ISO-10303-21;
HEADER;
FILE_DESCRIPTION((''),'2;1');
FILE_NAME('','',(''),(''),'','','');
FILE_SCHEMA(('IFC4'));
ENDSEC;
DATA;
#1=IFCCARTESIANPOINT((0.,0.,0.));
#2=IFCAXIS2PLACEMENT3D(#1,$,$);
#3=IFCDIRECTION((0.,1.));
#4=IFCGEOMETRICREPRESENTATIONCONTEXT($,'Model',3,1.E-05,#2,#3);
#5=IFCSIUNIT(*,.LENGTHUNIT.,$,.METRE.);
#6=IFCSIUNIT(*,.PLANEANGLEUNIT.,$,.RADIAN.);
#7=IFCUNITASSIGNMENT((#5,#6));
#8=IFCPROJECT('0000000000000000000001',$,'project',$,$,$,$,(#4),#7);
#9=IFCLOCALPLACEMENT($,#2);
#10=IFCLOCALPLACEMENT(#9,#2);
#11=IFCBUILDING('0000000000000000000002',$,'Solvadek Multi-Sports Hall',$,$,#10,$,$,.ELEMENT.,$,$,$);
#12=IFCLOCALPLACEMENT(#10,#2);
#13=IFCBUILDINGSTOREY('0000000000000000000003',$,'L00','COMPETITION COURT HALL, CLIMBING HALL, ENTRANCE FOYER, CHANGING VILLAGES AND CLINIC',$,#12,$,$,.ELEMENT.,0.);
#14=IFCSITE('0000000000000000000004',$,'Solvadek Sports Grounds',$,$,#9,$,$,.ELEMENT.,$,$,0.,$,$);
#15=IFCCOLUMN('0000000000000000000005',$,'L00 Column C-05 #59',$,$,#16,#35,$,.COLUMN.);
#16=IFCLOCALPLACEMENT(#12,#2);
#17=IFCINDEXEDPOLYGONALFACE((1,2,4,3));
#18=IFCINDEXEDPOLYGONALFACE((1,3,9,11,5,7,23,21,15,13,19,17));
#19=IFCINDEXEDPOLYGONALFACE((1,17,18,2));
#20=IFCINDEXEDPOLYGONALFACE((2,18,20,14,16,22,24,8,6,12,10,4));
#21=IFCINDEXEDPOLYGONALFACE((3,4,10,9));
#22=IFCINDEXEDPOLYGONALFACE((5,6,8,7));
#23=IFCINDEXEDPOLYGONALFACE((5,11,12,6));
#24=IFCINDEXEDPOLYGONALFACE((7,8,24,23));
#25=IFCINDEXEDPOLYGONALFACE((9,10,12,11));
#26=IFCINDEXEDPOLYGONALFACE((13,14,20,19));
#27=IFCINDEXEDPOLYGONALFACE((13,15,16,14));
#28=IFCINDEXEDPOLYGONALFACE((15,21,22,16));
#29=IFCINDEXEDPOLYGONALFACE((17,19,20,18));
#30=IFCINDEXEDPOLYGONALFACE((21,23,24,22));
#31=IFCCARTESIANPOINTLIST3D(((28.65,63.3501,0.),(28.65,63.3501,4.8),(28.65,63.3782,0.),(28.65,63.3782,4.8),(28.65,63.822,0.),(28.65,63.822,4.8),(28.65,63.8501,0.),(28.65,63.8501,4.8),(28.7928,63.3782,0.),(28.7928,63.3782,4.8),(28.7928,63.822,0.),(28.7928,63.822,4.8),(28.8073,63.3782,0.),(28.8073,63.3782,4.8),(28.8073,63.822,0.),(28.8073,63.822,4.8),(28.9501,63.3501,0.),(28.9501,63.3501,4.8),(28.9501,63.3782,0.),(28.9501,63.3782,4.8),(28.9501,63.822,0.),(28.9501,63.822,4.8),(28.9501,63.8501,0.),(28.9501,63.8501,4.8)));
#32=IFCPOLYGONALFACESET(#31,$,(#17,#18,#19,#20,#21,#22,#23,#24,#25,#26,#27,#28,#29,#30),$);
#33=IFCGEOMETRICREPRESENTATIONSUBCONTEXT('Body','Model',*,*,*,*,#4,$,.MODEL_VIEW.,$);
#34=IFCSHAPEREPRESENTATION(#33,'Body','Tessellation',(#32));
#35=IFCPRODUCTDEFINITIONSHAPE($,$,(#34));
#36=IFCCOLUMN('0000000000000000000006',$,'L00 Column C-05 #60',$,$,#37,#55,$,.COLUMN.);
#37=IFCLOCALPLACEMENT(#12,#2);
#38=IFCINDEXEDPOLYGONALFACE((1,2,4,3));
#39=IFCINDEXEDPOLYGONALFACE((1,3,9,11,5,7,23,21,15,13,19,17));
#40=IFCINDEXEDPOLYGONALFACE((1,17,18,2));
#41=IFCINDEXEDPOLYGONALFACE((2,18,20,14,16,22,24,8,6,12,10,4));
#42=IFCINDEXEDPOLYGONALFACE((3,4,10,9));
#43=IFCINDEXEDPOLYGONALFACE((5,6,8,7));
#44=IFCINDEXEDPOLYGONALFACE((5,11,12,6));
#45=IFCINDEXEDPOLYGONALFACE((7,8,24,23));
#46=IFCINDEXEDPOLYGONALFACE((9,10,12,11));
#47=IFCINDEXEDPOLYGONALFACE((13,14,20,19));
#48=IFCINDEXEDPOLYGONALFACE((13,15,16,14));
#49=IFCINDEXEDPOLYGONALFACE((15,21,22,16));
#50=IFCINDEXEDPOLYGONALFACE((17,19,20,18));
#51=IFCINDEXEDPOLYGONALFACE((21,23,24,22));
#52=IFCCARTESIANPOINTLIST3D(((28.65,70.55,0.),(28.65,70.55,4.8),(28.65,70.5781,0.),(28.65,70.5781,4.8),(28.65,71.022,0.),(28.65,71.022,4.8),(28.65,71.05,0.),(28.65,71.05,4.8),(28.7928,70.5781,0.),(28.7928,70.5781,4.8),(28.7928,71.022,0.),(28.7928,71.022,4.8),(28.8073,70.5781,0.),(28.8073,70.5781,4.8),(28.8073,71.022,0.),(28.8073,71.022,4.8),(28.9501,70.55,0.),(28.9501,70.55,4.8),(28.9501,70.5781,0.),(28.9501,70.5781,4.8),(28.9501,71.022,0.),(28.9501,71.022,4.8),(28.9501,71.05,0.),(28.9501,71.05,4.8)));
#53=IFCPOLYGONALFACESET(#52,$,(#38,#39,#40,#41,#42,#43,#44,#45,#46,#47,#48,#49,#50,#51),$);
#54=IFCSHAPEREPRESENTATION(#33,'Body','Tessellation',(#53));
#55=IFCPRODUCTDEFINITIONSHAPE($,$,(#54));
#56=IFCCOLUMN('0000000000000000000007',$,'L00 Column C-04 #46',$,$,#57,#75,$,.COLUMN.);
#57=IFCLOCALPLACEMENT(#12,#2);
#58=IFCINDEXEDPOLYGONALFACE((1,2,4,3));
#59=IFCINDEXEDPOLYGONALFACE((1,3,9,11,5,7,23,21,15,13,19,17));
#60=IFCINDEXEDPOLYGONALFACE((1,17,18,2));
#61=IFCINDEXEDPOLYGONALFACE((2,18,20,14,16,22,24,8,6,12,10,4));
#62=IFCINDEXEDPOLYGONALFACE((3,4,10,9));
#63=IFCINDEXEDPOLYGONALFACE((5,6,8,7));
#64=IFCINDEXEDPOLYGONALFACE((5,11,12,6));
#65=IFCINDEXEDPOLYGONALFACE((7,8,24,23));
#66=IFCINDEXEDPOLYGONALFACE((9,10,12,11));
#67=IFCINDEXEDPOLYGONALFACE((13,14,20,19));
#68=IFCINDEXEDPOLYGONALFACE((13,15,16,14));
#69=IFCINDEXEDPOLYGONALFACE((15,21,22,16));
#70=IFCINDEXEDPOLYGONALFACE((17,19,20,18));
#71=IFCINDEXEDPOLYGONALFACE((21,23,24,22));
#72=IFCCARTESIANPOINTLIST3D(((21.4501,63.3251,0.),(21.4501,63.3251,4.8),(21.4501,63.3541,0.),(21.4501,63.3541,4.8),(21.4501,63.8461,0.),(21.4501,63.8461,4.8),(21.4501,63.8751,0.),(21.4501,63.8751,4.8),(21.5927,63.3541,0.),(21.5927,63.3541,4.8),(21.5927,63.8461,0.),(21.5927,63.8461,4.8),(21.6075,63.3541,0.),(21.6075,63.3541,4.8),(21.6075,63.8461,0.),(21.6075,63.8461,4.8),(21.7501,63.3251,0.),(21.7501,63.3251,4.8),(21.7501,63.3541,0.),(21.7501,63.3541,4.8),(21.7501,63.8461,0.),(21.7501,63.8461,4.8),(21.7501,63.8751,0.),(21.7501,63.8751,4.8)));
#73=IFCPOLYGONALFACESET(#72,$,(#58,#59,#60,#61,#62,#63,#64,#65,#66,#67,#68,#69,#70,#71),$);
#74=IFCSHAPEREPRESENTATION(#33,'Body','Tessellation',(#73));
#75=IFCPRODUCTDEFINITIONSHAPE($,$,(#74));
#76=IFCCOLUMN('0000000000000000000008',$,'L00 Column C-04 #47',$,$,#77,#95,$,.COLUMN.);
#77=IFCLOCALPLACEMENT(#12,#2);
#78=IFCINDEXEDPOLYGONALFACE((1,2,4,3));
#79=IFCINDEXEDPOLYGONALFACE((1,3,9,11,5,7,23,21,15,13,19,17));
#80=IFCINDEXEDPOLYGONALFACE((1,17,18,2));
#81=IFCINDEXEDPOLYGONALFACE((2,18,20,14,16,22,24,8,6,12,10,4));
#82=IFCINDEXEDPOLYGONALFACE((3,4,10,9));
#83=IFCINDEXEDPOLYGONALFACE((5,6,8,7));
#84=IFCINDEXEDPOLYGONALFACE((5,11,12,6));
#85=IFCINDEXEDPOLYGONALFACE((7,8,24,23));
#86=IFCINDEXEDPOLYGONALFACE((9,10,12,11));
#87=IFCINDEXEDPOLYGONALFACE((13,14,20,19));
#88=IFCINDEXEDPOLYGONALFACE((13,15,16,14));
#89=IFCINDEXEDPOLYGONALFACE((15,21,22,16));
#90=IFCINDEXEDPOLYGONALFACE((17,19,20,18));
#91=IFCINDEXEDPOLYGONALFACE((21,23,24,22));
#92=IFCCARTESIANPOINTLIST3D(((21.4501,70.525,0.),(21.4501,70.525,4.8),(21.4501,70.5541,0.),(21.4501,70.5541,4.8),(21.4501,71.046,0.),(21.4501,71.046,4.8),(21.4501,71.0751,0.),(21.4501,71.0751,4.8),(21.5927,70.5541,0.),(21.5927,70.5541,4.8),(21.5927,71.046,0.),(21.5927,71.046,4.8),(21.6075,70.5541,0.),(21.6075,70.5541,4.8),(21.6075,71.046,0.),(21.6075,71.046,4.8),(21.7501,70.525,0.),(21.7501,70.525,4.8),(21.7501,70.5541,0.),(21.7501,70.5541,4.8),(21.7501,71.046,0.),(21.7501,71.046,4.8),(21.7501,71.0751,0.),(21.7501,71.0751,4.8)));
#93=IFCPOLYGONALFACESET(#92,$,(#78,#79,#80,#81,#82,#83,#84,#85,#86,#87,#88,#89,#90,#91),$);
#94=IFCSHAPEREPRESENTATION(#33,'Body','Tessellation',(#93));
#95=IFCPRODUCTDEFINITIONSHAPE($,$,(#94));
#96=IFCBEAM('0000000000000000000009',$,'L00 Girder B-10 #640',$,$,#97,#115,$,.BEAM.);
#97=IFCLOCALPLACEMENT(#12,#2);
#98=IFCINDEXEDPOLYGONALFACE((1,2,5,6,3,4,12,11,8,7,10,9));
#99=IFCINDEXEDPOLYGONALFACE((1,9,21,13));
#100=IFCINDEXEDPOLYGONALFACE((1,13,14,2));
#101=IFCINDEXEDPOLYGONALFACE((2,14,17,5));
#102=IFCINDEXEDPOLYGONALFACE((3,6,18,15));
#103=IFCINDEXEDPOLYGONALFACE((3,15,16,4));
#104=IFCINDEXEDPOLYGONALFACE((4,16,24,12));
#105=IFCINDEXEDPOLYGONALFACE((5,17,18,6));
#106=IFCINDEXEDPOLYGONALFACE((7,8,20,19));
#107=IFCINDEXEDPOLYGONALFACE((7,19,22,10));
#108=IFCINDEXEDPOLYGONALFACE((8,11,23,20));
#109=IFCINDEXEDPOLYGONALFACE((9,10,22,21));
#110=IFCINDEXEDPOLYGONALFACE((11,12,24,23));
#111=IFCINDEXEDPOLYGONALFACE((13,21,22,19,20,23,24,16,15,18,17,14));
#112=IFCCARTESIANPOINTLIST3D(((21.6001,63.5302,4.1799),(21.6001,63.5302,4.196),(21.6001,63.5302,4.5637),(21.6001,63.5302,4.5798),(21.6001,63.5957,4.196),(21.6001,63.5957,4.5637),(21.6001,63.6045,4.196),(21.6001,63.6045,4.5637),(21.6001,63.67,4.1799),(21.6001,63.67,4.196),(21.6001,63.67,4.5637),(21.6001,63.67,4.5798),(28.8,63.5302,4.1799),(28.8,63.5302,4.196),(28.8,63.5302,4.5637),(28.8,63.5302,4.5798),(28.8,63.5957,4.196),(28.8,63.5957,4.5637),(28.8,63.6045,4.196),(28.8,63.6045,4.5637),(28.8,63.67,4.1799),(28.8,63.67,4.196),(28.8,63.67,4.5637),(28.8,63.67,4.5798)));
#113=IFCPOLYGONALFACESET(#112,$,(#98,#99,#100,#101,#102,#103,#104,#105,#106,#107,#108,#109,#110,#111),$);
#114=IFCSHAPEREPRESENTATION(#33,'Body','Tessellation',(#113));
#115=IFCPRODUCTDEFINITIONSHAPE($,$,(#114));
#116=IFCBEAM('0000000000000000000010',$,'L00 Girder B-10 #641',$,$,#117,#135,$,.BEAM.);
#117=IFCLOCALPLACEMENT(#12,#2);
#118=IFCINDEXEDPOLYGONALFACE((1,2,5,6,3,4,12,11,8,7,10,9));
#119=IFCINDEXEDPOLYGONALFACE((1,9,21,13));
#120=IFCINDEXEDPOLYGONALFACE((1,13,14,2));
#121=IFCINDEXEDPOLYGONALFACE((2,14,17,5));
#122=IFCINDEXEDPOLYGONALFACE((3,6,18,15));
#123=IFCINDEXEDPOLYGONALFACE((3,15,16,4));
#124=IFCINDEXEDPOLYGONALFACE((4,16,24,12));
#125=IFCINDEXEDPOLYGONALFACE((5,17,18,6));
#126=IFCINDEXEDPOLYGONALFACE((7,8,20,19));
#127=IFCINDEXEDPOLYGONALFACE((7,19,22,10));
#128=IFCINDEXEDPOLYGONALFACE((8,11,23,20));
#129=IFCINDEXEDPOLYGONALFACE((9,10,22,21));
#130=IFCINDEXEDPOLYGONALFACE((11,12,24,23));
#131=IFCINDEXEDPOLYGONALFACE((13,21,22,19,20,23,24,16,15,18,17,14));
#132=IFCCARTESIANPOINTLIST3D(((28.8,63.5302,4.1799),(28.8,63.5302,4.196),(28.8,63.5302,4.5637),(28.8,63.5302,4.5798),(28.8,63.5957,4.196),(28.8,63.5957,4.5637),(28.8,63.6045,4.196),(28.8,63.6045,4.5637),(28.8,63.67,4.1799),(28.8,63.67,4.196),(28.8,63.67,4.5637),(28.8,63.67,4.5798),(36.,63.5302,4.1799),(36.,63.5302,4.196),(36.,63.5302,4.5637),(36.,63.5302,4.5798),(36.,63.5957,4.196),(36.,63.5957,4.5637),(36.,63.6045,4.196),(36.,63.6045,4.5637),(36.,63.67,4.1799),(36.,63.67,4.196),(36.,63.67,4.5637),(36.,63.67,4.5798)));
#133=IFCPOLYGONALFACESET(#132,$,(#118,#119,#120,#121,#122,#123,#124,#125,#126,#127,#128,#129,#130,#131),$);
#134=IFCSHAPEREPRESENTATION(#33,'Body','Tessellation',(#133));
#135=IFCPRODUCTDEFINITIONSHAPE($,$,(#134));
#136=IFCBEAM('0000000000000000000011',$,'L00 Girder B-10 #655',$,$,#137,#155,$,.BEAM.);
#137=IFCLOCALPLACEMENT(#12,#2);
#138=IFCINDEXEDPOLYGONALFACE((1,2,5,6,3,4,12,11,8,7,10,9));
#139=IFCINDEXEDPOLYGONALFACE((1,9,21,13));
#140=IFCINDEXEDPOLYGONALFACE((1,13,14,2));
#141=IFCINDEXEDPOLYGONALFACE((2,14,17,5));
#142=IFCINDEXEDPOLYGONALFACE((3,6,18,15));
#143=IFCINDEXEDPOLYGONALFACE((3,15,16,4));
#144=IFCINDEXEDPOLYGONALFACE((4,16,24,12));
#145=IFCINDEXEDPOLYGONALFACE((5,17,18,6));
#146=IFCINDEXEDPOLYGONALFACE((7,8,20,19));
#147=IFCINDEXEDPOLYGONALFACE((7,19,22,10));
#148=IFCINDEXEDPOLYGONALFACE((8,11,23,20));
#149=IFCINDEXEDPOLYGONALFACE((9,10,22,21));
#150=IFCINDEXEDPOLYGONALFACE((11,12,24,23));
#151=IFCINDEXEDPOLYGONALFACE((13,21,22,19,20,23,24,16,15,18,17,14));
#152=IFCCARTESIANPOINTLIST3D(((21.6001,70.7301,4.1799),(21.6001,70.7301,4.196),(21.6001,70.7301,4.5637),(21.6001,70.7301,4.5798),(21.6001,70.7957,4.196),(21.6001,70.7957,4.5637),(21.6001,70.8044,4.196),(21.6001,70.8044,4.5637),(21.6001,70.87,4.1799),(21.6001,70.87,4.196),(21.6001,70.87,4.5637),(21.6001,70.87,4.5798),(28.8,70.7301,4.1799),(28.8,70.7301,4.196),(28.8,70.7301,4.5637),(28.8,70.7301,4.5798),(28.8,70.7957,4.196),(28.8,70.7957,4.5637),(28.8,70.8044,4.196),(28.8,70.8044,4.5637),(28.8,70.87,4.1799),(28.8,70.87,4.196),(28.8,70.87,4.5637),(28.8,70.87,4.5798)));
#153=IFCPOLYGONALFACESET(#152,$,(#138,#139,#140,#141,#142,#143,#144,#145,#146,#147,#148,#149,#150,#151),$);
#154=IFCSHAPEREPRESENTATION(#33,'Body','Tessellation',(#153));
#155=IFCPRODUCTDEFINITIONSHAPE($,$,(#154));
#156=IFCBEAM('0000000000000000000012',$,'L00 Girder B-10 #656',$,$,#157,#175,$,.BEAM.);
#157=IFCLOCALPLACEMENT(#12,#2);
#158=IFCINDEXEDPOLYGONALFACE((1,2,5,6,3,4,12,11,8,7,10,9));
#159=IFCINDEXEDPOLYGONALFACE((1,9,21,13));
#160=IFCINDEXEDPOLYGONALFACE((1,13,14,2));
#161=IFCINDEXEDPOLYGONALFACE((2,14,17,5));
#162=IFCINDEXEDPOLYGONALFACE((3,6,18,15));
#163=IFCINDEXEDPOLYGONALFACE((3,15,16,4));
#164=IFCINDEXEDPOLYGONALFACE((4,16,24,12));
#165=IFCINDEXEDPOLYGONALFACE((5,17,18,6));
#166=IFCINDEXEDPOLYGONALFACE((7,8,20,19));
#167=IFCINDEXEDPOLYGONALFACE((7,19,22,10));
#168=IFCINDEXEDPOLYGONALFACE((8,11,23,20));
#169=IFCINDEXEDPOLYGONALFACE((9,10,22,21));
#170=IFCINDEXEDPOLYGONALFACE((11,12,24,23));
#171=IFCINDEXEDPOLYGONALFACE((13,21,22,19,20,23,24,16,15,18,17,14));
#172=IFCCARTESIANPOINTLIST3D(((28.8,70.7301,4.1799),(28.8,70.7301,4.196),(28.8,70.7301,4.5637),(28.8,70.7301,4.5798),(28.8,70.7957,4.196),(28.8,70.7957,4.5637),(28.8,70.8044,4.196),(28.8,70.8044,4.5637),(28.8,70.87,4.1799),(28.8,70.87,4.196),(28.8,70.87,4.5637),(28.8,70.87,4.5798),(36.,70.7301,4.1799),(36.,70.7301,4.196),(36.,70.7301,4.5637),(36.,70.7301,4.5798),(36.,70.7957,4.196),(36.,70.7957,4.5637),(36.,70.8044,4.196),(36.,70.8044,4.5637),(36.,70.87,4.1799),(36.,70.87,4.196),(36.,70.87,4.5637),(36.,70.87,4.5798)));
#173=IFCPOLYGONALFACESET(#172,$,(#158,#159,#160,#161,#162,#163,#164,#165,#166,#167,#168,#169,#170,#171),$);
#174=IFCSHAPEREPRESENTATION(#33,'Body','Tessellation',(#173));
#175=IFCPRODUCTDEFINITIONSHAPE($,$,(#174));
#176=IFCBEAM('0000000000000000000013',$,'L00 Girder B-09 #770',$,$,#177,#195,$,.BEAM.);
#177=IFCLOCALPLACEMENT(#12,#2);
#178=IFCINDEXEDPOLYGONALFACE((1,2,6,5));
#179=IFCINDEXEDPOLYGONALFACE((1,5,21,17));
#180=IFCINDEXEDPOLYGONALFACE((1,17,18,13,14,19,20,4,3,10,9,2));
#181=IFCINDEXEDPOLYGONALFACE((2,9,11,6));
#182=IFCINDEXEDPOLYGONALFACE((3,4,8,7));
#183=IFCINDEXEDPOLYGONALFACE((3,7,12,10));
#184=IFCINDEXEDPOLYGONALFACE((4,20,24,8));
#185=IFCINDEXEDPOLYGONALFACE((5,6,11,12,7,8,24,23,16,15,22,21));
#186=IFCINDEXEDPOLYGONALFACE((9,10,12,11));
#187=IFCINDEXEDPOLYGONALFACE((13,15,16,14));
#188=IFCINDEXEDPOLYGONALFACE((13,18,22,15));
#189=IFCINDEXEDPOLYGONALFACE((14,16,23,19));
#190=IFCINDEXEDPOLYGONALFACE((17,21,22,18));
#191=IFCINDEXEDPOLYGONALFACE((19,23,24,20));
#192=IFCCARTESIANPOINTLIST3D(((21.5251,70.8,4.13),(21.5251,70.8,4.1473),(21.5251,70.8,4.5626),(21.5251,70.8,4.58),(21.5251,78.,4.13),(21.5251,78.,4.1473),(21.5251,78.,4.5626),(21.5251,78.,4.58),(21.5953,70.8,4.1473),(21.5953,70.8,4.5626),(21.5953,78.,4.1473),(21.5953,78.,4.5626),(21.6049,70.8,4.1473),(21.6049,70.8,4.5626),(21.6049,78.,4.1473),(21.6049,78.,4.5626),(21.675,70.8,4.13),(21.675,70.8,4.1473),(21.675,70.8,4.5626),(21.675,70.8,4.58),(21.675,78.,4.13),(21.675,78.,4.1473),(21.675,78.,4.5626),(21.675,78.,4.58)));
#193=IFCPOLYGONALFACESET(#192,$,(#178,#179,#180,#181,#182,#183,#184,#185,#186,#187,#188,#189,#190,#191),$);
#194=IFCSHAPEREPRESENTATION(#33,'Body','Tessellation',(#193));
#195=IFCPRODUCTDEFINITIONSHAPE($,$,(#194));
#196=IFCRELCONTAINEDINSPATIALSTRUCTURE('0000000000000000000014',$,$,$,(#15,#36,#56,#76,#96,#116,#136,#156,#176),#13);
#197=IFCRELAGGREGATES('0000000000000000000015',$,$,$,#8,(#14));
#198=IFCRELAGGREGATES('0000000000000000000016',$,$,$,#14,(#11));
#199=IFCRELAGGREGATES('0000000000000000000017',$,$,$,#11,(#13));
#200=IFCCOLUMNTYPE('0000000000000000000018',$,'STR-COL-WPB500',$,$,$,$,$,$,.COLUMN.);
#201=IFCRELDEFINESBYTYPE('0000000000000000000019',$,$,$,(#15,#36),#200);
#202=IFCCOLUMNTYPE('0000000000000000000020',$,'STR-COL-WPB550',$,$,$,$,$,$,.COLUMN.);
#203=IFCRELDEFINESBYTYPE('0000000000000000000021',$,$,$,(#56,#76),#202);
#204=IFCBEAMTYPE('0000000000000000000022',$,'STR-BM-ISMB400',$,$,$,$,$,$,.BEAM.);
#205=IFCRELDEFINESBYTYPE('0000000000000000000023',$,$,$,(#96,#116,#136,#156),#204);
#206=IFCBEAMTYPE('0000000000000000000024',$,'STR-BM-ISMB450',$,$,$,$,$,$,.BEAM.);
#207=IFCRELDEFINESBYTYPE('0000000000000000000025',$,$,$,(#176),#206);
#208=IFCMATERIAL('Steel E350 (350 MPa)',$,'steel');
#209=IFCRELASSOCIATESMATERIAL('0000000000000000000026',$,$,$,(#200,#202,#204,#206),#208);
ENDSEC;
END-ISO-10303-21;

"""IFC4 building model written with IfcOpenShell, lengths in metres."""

from ifc_helpers import new_model, si_unit, direction, frame, origin, origin_2d, place, context, subcontext, project, spatial, i_section, extrude, material, material_profile, profile_set, type_object, element, save


model = new_model("IFC4")

# Units and contexts
model_context = context("Model", 3, precision=1e-05, world=origin(), true_north=direction((0.0, 1.0)))
body_context = subcontext(model_context, "Body", "Model", "MODEL_VIEW")
ifc_project = project(units=[si_unit("LENGTHUNIT", "METRE"), si_unit("PLANEANGLEUNIT", "RADIAN")], contexts=[model_context])

# Site, building, storey
site_placement = place(None, origin())
site = spatial("IfcSite", under=ifc_project, at=site_placement, Name="Solvadek Sports Grounds", CompositionType="ELEMENT", RefElevation=0.0)
building_placement = place(site_placement, origin())
building = spatial("IfcBuilding", under=site, at=building_placement, Name="Solvadek Multi-Sports Hall", CompositionType="ELEMENT")
storey_placement = place(building_placement, origin())
storey = spatial("IfcBuildingStorey", under=building, at=storey_placement, Name="L00", Description="COMPETITION COURT HALL, CLIMBING HALL, ENTRANCE FOYER, CHANGING VILLAGES AND CLINIC", CompositionType="ELEMENT", Elevation=0.0)

# Columns
ifc_material_1 = material(Name="Steel E350 (350 MPa)", Category="steel")
ifc_material_profile_1 = material_profile(ifc_material_1, i_section(OverallWidth=0.3, OverallDepth=0.5, WebThickness=0.0144, FlangeThickness=0.0281, at=origin_2d()), Name="WPB 500")
ifc_profile_set_1 = profile_set([ifc_material_profile_1], Name="Steel E350 (350 MPa)")
column_type_1 = type_object("IfcColumnType", Name="STR-COL-WPB500", PredefinedType="COLUMN", material=ifc_profile_set_1)
for number, where, z_axis, x_axis, name in (
    (1, (28.8, 63.6001, 0.0), (0.0, 0.0, 1.0), (1.0, 0.0, 0.0), "L00 Column C-05 #59"),
    (2, (28.8, 70.8, 0.0), (0.0, 0.0, 1.0), (1.0, 0.0, 0.0), "L00 Column C-05 #60"),
):
    element("IfcColumn", number, at=place(storey_placement, frame(where, z_axis=z_axis, x_axis=x_axis)), inside=storey, type_object=column_type_1, Name=name, PredefinedType="COLUMN", context=body_context, shape_type="SweptSolid", body=[
        extrude(i_section(OverallWidth=0.3, OverallDepth=0.5, WebThickness=0.0144, FlangeThickness=0.0281, at=origin_2d()), origin(), (0.0, 0.0, 1.0), 4.8),
    ])
ifc_material_profile_2 = material_profile(ifc_material_1, i_section(OverallWidth=0.3, OverallDepth=0.55, WebThickness=0.0149, FlangeThickness=0.0291, at=origin_2d()), Name="WPB 550")
ifc_profile_set_2 = profile_set([ifc_material_profile_2], Name="Steel E350 (350 MPa)")
column_type_2 = type_object("IfcColumnType", Name="STR-COL-WPB550", PredefinedType="COLUMN", material=ifc_profile_set_2)
for number, where, z_axis, x_axis, name in (
    (3, (21.6001, 63.6001, 0.0), (0.0, 0.0, 1.0), (1.0, 0.0, 0.0), "L00 Column C-04 #46"),
    (4, (21.6001, 70.8, 0.0), (0.0, 0.0, 1.0), (1.0, 0.0, 0.0), "L00 Column C-04 #47"),
):
    element("IfcColumn", number, at=place(storey_placement, frame(where, z_axis=z_axis, x_axis=x_axis)), inside=storey, type_object=column_type_2, Name=name, PredefinedType="COLUMN", context=body_context, shape_type="SweptSolid", body=[
        extrude(i_section(OverallWidth=0.3, OverallDepth=0.55, WebThickness=0.0149, FlangeThickness=0.0291, at=origin_2d()), origin(), (0.0, 0.0, 1.0), 4.8),
    ])

# Beams
ifc_material_profile_3 = material_profile(ifc_material_1, i_section(OverallWidth=0.1399, OverallDepth=0.3999, WebThickness=0.0088, FlangeThickness=0.0161, at=origin_2d()), Name="ISMB 400")
ifc_profile_set_3 = profile_set([ifc_material_profile_3], Name="Steel E350 (350 MPa)")
beam_type_1 = type_object("IfcBeamType", Name="STR-BM-ISMB400", PredefinedType="BEAM", material=ifc_profile_set_3)
for number, where, z_axis, x_axis, name in (
    (5, (21.6001, 63.6001, 4.3799), (1.0, 0.0, 0.0), (0.0, 1.0, 0.0), "L00 Girder B-10 #640"),
    (6, (28.8, 63.6001, 4.3799), (1.0, 0.0, 0.0), (0.0, 1.0, 0.0), "L00 Girder B-10 #641"),
    (7, (21.6001, 70.8, 4.3799), (1.0, 0.0, 0.0), (0.0, 1.0, 0.0), "L00 Girder B-10 #655"),
    (8, (28.8, 70.8, 4.3799), (1.0, 0.0, 0.0), (0.0, 1.0, 0.0), "L00 Girder B-10 #656"),
):
    element("IfcBeam", number, at=place(storey_placement, frame(where, z_axis=z_axis, x_axis=x_axis)), inside=storey, type_object=beam_type_1, Name=name, PredefinedType="BEAM", context=body_context, shape_type="SweptSolid", body=[
        extrude(i_section(OverallWidth=0.1399, OverallDepth=0.3999, WebThickness=0.0088, FlangeThickness=0.0161, at=origin_2d()), origin(), (0.0, 0.0, 1.0), 7.2),
    ])
ifc_material_profile_4 = material_profile(ifc_material_1, i_section(OverallWidth=0.1499, OverallDepth=0.45, WebThickness=0.0095, FlangeThickness=0.0173, at=origin_2d()), Name="ISMB 450")
ifc_profile_set_4 = profile_set([ifc_material_profile_4], Name="Steel E350 (350 MPa)")
beam_type_2 = type_object("IfcBeamType", Name="STR-BM-ISMB450", PredefinedType="BEAM", material=ifc_profile_set_4)
for number, where, z_axis, x_axis, name in (
    (9, (21.6001, 70.8, 4.355), (0.0, 1.0, 0.0), (-1.0, 0.0, 0.0), "L00 Girder B-09 #770"),
):
    element("IfcBeam", number, at=place(storey_placement, frame(where, z_axis=z_axis, x_axis=x_axis)), inside=storey, type_object=beam_type_2, Name=name, PredefinedType="BEAM", context=body_context, shape_type="SweptSolid", body=[
        extrude(i_section(OverallWidth=0.1499, OverallDepth=0.45, WebThickness=0.0095, FlangeThickness=0.0173, at=origin_2d()), origin(), (0.0, 0.0, 1.0), 7.2),
    ])

save(model, "model.ifc")
